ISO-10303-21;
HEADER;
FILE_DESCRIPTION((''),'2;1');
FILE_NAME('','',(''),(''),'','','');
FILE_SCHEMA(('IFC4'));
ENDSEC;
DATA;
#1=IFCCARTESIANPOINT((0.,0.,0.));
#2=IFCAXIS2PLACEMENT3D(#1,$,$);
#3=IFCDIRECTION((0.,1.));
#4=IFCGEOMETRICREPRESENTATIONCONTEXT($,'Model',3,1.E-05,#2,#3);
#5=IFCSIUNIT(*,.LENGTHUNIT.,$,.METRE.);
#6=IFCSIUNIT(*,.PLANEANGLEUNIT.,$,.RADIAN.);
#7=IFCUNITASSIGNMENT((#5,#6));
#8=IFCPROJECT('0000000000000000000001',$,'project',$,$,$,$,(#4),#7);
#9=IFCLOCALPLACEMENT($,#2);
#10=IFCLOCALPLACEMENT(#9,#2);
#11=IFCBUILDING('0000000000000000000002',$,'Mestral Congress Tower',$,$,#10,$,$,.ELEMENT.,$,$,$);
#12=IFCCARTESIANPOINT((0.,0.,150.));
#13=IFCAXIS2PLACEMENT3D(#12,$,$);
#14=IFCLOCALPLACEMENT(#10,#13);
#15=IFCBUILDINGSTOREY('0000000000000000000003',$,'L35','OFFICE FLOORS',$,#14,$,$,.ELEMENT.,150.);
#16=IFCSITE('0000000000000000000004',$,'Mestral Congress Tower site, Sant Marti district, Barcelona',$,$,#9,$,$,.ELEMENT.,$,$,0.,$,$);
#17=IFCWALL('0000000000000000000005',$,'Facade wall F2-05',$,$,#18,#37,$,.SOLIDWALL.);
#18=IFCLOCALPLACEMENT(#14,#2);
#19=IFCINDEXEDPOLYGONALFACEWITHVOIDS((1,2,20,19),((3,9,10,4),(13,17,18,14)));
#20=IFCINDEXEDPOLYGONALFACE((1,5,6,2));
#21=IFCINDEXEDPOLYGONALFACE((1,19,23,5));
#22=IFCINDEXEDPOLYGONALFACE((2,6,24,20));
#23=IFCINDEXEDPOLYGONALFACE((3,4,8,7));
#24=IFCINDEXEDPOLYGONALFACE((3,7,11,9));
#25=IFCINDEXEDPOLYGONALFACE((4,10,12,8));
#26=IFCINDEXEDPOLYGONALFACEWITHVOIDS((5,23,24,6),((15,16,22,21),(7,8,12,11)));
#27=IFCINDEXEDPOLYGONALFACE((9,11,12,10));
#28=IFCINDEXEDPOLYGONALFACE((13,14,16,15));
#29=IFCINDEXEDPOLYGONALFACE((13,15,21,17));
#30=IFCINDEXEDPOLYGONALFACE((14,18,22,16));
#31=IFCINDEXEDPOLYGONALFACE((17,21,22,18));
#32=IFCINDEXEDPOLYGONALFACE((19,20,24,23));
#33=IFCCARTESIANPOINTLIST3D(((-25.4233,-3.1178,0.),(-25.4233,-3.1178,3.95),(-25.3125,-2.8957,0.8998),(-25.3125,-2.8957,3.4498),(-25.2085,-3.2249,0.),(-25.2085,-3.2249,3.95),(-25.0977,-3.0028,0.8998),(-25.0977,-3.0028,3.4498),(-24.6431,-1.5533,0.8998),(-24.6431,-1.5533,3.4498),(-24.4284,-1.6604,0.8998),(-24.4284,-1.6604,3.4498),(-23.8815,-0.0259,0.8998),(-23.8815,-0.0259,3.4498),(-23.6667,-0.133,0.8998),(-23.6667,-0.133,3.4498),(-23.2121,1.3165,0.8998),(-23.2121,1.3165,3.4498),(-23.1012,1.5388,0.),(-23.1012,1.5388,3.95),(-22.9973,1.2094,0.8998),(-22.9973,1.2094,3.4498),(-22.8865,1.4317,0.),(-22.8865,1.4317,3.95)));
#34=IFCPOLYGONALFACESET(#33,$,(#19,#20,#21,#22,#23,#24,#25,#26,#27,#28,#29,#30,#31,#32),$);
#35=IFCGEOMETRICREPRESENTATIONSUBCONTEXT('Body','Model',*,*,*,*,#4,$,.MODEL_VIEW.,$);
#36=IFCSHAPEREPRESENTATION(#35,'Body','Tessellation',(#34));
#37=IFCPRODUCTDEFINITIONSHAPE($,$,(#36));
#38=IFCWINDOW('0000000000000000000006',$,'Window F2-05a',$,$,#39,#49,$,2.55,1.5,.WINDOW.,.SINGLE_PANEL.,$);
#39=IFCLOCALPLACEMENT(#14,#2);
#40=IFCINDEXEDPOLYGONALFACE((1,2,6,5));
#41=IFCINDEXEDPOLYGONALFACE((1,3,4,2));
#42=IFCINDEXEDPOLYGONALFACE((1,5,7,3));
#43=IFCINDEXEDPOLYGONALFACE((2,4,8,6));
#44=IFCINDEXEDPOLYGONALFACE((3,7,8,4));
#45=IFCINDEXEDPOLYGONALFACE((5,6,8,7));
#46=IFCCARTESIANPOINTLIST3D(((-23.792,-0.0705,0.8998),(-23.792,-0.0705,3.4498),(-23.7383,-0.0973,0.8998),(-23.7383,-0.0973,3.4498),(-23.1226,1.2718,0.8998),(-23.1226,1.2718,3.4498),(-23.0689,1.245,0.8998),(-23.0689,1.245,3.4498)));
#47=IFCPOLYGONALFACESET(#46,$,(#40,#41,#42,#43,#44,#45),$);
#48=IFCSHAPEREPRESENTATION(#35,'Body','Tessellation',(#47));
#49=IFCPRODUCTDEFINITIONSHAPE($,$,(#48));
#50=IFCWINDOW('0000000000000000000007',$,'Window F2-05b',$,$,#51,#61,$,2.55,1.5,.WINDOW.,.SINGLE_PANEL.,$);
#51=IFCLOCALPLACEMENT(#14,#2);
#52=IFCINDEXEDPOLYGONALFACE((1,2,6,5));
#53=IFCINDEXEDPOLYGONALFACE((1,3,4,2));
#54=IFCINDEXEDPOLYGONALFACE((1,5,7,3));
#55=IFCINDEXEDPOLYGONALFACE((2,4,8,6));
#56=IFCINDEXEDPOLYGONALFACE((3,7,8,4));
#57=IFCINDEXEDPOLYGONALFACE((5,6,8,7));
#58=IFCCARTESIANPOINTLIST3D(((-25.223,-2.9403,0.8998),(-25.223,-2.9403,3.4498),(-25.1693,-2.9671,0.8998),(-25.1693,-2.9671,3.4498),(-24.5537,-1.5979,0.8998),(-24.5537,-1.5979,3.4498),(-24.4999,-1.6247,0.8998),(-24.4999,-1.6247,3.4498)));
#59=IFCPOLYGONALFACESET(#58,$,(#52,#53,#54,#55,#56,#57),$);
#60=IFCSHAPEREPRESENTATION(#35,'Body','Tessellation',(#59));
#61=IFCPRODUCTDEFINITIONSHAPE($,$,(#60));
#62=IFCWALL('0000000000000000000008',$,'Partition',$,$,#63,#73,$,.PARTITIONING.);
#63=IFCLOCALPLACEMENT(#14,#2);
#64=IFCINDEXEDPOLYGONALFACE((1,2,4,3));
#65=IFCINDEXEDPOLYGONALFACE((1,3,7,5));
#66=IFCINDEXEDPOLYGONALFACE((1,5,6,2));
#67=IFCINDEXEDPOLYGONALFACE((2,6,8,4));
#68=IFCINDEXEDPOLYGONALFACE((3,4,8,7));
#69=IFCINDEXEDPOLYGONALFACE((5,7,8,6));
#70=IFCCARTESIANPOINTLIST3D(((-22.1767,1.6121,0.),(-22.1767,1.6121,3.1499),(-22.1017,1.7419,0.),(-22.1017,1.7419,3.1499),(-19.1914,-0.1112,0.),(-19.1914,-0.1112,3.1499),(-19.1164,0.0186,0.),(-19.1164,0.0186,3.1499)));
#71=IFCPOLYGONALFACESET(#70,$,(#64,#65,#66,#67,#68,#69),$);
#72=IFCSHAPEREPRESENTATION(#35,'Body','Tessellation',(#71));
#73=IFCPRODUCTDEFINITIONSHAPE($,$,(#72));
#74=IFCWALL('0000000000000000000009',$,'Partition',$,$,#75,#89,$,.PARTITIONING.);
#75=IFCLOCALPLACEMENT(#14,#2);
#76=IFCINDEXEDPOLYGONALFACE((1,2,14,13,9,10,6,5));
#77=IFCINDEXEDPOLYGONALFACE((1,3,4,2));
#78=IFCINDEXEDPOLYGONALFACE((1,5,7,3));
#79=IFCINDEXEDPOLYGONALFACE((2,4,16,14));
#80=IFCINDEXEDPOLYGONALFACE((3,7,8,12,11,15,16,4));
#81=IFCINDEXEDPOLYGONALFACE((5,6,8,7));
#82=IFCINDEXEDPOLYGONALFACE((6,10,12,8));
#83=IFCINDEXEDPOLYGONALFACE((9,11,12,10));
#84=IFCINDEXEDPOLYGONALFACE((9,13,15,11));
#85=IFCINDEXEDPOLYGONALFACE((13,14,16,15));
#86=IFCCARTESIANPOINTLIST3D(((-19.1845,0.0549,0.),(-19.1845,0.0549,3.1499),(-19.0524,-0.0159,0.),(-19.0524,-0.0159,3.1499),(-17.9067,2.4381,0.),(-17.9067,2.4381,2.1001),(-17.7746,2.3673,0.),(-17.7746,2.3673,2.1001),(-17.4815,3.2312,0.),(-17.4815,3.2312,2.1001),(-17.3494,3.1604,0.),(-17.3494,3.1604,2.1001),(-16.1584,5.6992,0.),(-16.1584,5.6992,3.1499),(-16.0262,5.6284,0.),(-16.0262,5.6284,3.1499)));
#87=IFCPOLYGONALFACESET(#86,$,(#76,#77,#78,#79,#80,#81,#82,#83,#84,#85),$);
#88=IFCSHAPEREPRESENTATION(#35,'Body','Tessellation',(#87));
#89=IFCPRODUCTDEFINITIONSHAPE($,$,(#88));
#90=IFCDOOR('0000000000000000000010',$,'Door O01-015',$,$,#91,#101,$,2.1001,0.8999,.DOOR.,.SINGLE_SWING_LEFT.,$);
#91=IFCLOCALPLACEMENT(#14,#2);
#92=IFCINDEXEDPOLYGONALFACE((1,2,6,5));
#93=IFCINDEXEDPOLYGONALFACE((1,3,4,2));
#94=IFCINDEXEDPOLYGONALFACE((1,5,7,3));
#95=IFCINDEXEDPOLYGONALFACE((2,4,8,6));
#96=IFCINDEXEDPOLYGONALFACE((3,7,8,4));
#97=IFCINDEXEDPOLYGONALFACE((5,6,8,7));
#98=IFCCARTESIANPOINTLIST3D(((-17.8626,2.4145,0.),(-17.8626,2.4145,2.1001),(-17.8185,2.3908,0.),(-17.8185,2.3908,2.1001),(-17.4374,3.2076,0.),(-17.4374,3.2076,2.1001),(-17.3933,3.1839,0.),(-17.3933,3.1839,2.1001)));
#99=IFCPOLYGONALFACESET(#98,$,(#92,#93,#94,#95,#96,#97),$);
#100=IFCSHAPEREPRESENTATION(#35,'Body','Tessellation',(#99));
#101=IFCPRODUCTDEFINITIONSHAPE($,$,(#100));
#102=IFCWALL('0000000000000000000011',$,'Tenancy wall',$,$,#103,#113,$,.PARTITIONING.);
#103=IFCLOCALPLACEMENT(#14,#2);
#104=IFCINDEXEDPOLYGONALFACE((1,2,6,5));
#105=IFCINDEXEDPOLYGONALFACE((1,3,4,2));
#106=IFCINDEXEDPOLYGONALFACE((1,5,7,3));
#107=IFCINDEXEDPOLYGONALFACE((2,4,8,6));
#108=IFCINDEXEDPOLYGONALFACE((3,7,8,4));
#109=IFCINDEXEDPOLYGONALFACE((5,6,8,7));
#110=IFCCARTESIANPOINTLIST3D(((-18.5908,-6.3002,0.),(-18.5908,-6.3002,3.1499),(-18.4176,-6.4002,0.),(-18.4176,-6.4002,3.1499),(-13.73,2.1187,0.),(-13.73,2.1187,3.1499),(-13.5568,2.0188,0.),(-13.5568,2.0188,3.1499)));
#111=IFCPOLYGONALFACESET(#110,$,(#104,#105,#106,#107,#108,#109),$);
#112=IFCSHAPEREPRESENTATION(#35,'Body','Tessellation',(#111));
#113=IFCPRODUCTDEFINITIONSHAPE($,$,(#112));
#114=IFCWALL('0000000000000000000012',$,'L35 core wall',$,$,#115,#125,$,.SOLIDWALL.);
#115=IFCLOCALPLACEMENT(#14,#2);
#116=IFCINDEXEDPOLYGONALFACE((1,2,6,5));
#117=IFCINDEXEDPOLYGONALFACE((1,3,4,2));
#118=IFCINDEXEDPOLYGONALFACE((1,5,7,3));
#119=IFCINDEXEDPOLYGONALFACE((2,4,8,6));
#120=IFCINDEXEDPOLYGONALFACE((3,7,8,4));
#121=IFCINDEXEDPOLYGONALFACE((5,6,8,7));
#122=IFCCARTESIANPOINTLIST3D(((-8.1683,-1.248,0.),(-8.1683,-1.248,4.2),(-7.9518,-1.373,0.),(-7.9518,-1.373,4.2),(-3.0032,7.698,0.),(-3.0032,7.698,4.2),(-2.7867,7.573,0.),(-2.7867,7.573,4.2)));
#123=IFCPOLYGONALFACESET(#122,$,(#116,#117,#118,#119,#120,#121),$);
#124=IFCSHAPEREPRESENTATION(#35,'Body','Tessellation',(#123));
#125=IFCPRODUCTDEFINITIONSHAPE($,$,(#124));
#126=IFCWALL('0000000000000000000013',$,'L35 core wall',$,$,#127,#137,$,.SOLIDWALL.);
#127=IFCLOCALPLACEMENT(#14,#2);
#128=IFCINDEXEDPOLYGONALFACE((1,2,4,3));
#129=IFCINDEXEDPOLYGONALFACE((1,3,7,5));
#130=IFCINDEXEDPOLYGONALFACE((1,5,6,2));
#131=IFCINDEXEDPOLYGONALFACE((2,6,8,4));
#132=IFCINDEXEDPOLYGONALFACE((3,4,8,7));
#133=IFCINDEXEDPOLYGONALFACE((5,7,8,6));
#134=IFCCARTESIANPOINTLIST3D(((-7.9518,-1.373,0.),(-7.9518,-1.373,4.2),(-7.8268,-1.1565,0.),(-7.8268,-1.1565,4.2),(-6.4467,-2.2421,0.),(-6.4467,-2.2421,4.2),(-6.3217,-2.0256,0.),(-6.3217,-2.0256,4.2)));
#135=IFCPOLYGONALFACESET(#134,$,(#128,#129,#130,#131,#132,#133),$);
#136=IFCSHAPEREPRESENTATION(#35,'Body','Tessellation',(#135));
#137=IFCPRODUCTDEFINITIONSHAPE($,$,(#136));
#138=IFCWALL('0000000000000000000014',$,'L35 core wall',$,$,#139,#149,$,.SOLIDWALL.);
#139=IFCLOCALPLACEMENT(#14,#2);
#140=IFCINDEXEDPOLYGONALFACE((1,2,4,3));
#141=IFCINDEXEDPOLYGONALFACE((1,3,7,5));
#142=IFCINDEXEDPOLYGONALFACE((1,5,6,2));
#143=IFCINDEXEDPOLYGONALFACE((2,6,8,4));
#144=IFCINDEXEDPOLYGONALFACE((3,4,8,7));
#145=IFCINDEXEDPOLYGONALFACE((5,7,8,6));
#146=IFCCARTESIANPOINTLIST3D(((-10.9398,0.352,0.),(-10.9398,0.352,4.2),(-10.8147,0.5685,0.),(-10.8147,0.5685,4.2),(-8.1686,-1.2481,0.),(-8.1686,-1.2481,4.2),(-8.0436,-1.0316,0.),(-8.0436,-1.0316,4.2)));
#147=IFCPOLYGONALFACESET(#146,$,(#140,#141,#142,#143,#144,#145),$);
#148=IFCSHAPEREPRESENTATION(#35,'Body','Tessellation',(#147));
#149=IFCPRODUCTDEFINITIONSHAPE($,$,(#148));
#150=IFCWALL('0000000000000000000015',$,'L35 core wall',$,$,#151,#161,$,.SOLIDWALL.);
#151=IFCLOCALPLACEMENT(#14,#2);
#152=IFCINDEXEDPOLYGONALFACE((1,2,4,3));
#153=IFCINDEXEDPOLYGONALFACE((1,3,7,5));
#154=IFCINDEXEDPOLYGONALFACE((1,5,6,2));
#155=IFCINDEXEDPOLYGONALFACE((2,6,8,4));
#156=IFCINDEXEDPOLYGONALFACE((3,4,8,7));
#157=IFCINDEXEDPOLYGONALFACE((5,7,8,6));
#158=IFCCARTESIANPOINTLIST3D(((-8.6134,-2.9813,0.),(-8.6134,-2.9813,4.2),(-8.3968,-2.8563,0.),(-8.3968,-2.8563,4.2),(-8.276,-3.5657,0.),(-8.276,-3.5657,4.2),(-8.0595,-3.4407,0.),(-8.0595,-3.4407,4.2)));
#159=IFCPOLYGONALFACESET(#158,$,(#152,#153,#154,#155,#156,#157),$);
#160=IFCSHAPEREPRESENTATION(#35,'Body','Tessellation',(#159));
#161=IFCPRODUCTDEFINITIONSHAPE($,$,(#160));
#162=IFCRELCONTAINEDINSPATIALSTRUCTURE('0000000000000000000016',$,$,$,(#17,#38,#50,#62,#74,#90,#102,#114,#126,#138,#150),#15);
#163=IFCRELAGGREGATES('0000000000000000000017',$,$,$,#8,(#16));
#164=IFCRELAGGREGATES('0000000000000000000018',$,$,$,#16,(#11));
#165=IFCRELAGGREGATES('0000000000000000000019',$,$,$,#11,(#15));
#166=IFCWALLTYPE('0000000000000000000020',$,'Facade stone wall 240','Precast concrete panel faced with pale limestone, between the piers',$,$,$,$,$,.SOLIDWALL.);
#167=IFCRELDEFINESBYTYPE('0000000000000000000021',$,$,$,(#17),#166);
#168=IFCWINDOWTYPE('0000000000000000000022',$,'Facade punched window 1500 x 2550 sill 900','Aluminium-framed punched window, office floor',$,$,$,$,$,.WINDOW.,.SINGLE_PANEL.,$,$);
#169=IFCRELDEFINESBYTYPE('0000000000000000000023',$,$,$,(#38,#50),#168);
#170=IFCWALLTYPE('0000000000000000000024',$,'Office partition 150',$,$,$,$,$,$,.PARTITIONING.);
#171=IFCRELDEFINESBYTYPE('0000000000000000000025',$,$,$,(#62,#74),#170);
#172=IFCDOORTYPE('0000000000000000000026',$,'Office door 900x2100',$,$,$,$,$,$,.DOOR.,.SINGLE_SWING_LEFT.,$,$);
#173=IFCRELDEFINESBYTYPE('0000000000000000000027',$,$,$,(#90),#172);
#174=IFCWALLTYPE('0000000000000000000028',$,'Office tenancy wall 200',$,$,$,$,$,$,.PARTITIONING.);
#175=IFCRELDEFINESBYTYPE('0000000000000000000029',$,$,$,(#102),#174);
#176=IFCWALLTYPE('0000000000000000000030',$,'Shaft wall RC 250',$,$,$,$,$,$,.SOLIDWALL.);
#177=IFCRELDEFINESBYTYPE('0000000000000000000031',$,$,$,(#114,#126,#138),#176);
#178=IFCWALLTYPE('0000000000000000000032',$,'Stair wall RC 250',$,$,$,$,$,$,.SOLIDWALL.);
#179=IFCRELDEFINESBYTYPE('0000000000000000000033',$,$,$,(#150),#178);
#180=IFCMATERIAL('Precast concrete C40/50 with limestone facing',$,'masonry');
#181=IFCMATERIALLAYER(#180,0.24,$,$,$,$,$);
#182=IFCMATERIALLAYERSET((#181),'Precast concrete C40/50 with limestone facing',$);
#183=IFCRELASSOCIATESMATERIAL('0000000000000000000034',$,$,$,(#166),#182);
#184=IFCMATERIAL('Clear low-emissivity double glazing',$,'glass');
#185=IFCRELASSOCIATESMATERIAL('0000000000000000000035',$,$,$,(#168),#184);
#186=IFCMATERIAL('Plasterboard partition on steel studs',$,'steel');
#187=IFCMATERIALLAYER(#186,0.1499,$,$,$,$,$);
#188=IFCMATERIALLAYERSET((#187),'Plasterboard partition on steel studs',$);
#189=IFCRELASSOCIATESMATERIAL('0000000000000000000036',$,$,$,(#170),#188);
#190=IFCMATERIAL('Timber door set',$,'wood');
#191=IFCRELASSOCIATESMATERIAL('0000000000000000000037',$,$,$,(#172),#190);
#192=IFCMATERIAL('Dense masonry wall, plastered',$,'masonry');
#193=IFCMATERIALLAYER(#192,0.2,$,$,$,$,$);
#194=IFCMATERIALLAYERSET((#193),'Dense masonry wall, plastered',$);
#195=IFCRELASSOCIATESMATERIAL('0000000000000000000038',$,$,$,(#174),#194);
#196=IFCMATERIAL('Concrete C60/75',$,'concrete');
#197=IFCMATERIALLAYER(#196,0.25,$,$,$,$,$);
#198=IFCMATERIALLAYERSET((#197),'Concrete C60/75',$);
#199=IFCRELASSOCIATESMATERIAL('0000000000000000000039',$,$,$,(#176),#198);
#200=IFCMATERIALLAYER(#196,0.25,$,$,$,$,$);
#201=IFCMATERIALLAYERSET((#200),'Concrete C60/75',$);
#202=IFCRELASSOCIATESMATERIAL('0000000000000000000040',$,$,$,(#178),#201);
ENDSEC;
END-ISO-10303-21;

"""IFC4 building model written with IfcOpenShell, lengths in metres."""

from ifc_helpers import new_model, si_unit, direction, frame, frame_2d, origin, place, context, subcontext, project, spatial, rectangle, extrude, material, layer, layer_set, type_object, element, fill, save


model = new_model("IFC4")

# Units and contexts
model_context = context("Model", 3, precision=1e-05, world=origin(), true_north=direction((0.0, 1.0)))
body_context = subcontext(model_context, "Body", "Model", "MODEL_VIEW")
ifc_project = project(units=[si_unit("LENGTHUNIT", "METRE"), si_unit("PLANEANGLEUNIT", "RADIAN")], contexts=[model_context])

# Site, building, storey
site_placement = place(None, origin())
site = spatial("IfcSite", under=ifc_project, at=site_placement, Name="Mestral Congress Tower site, Sant Marti district, Barcelona", CompositionType="ELEMENT", RefElevation=0.0)
building_placement = place(site_placement, origin())
building = spatial("IfcBuilding", under=site, at=building_placement, Name="Mestral Congress Tower", CompositionType="ELEMENT")
storey_placement = place(building_placement, frame((0.0, 0.0, 150.0)))
storey = spatial("IfcBuildingStorey", under=building, at=storey_placement, Name="L35", Description="OFFICE FLOORS", CompositionType="ELEMENT", Elevation=150.0)

# Shared definitions
ifc_material_1 = material(Name="Concrete C60/75", Category="concrete")

# Wall, openings, windows
ifc_material_2 = material(Name="Precast concrete C40/50 with limestone facing", Category="masonry")
ifc_layer_1 = layer(ifc_material_2, 0.24)
ifc_layer_set_1 = layer_set([ifc_layer_1], Name="Precast concrete C40/50 with limestone facing")
wall_type_1 = type_object("IfcWallType", Name="Facade stone wall 240", Description="Precast concrete panel faced with pale limestone, between the piers", PredefinedType="SOLIDWALL", material=ifc_layer_set_1)
ifc_material_3 = material(Name="Clear low-emissivity double glazing", Category="glass")
window_type = type_object("IfcWindowType", Name="Facade punched window 1500 x 2550 sill 900", Description="Aluminium-framed punched window, office floor", PartitioningType="SINGLE_PANEL", PredefinedType="WINDOW", material=ifc_material_3)
wall_1_placement = place(storey_placement, frame((-22.9939, 1.4851, 0.0), z_axis=(0.0, 0.0, 1.0), x_axis=(-0.446256, -0.894905, 0.0)))
wall_1 = element("IfcWall", 1, at=wall_1_placement, inside=storey, type_object=wall_type_1, Name="Facade wall F2-05", PredefinedType="SOLIDWALL", context=body_context, shape_type="SweptSolid", body=[
    extrude(rectangle(XDim=5.2034, YDim=0.24, at=frame_2d((2.6016, 0.0))), origin(), (0.0, 0.0, 1.0), 3.95),
])
opening_1_placement = place(wall_1_placement, frame((0.2483, 0.0, 0.8999)))
opening_1 = element("IfcOpeningElement", 2, at=opening_1_placement, cuts=wall_1, PredefinedType="OPENING", context=body_context, shape_type="SweptSolid", body=[
    extrude(rectangle(XDim=1.5, YDim=2.55, at=frame_2d((0.75, 1.2749))), frame((0.0, 0.1299, 0.0), z_axis=(0.0, -1.0, 0.0), x_axis=(1.0, 0.0, 0.0)), (0.0, 0.0, 1.0), 0.26),
])
opening_2_placement = place(wall_1_placement, frame((3.4551, 0.0, 0.8999)))
opening_2 = element("IfcOpeningElement", 3, at=opening_2_placement, cuts=wall_1, PredefinedType="OPENING", context=body_context, shape_type="SweptSolid", body=[
    extrude(rectangle(XDim=1.5, YDim=2.55, at=frame_2d((0.75, 1.2749))), frame((0.0, 0.1299, 0.0), z_axis=(0.0, -1.0, 0.0), x_axis=(1.0, 0.0, 0.0)), (0.0, 0.0, 1.0), 0.26),
])
window_1_placement = place(opening_1_placement, origin())
window_1 = element("IfcWindow", 4, at=window_1_placement, inside=storey, type_object=window_type, Name="Window F2-05a", OverallHeight=2.55, OverallWidth=1.5, PartitioningType="SINGLE_PANEL", PredefinedType="WINDOW", context=body_context, shape_type="SweptSolid", body=[
    extrude(rectangle(XDim=1.5, YDim=2.55, at=frame_2d((0.75, 1.2749))), frame((0.0, 0.04, 0.0), z_axis=(0.0, -1.0, 0.0), x_axis=(1.0, 0.0, 0.0)), (0.0, 0.0, 1.0), 0.0601),
])
fill(opening_1, window_1)
window_2_placement = place(opening_2_placement, origin())
window_2 = element("IfcWindow", 5, at=window_2_placement, inside=storey, type_object=window_type, Name="Window F2-05b", OverallHeight=2.55, OverallWidth=1.5, PartitioningType="SINGLE_PANEL", PredefinedType="WINDOW", context=body_context, shape_type="SweptSolid", body=[
    extrude(rectangle(XDim=1.5, YDim=2.55, at=frame_2d((0.75, 1.2749))), frame((0.0, 0.04, 0.0), z_axis=(0.0, -1.0, 0.0), x_axis=(1.0, 0.0, 0.0)), (0.0, 0.0, 1.0), 0.0601),
])
fill(opening_2, window_2)

# Wall
ifc_material_4 = material(Name="Plasterboard partition on steel studs", Category="steel")
ifc_layer_2 = layer(ifc_material_4, 0.1499)
ifc_layer_set_2 = layer_set([ifc_layer_2], Name="Plasterboard partition on steel studs")
wall_type_2 = type_object("IfcWallType", Name="Office partition 150", PredefinedType="PARTITIONING", material=ifc_layer_set_2)
wall_2_placement = place(storey_placement, frame((-19.1538, -0.0464, 0.0), z_axis=(0.0, 0.0, 1.0), x_axis=(-0.866051, 0.499955, 0.0)))
element("IfcWall", 6, at=wall_2_placement, inside=storey, type_object=wall_type_2, Name="Partition", PredefinedType="PARTITIONING", context=body_context, shape_type="SweptSolid", body=[
    extrude(rectangle(XDim=3.447, YDim=0.1499, at=frame_2d((1.7236, 0.0))), origin(), (0.0, 0.0, 1.0), 3.1499),
])

# Wall, opening, door
wall_3_placement = place(storey_placement, frame((-19.1184, 0.0195, 0.0), z_axis=(0.0, 0.0, 1.0), x_axis=(0.472512, 0.881324, 0.0)))
wall_3 = element("IfcWall", 7, at=wall_3_placement, inside=storey, type_object=wall_type_2, Name="Partition", PredefinedType="PARTITIONING", context=body_context, shape_type="SweptSolid", body=[
    extrude(rectangle(XDim=6.4043, YDim=0.1499, at=frame_2d((3.2021, 0.0))), origin(), (0.0, 0.0, 1.0), 3.1499),
])
opening_3_placement = place(wall_3_placement, frame((2.7041, 0.0, 0.0)))
opening_3 = element("IfcOpeningElement", 8, at=opening_3_placement, cuts=wall_3, PredefinedType="OPENING", context=body_context, shape_type="SweptSolid", body=[
    extrude(rectangle(XDim=0.8999, YDim=2.1001, at=frame_2d((0.45, 1.05))), frame((0.0, 0.085, 0.0), z_axis=(0.0, -1.0, 0.0), x_axis=(1.0, 0.0, 0.0)), (0.0, 0.0, 1.0), 0.1699),
])
ifc_material_5 = material(Name="Timber door set", Category="wood")
door_type_1 = type_object("IfcDoorType", Name="Office door 900x2100", OperationType="SINGLE_SWING_LEFT", PredefinedType="DOOR", material=ifc_material_5)
door_1_placement = place(opening_3_placement, origin())
door_1 = element("IfcDoor", 9, at=door_1_placement, inside=storey, type_object=door_type_1, Name="Door O01-015", OperationType="SINGLE_SWING_LEFT", OverallHeight=2.1001, OverallWidth=0.8999, PredefinedType="DOOR", context=body_context, shape_type="SweptSolid", body=[
    extrude(rectangle(XDim=0.8999, YDim=2.1001, at=frame_2d((0.45, 1.05))), frame((0.0, 0.0249, 0.0), z_axis=(0.0, -1.0, 0.0), x_axis=(1.0, 0.0, 0.0)), (0.0, 0.0, 1.0), 0.05),
])
fill(opening_3, door_1)

# Walls
ifc_material_6 = material(Name="Dense masonry wall, plastered", Category="masonry")
ifc_layer_3 = layer(ifc_material_6, 0.2)
ifc_layer_set_3 = layer_set([ifc_layer_3], Name="Dense masonry wall, plastered")
wall_type_3 = type_object("IfcWallType", Name="Office tenancy wall 200", PredefinedType="PARTITIONING", material=ifc_layer_set_3)
wall_4_placement = place(storey_placement, frame((-13.6433, 2.0688, 0.0), z_axis=(0.0, 0.0, 1.0), x_axis=(-0.500012, -0.866018, 0.0)))
element("IfcWall", 10, at=wall_4_placement, inside=storey, type_object=wall_type_3, Name="Tenancy wall", PredefinedType="PARTITIONING", context=body_context, shape_type="SweptSolid", body=[
    extrude(rectangle(XDim=9.7214, YDim=0.2, at=frame_2d((4.8608, 0.0))), origin(), (0.0, 0.0, 1.0), 3.1499),
])
ifc_layer_4 = layer(ifc_material_1, 0.25)
ifc_layer_set_4 = layer_set([ifc_layer_4], Name="Concrete C60/75")
wall_type_4 = type_object("IfcWallType", Name="Shaft wall RC 250", PredefinedType="SOLIDWALL", material=ifc_layer_set_4)
wall_5_placement = place(storey_placement, frame((-8.0601, -1.3105, 0.0), z_axis=(0.0, 0.0, 1.0), x_axis=(0.500003, 0.866024, 0.0)))
element("IfcWall", 11, at=wall_5_placement, inside=storey, type_object=wall_type_4, Name="L35 core wall", PredefinedType="SOLIDWALL", context=body_context, shape_type="SweptSolid", body=[
    extrude(rectangle(XDim=10.3301, YDim=0.25, at=frame_2d((5.165, 0.0))), origin(), (0.0, 0.0, 1.0), 4.2),
])
wall_6_placement = place(storey_placement, frame((-7.8894, -1.2646, 0.0), z_axis=(0.0, 0.0, 1.0), x_axis=(0.865987, -0.500067, 0.0)))
element("IfcWall", 12, at=wall_6_placement, inside=storey, type_object=wall_type_4, Name="L35 core wall", PredefinedType="SOLIDWALL", context=body_context, shape_type="SweptSolid", body=[
    extrude(rectangle(XDim=1.738, YDim=0.25, at=frame_2d((0.8691, 0.0))), origin(), (0.0, 0.0, 1.0), 4.2),
])
wall_7_placement = place(storey_placement, frame((-8.106, -1.1399, 0.0), z_axis=(0.0, 0.0, 1.0), x_axis=(-0.866009, 0.500028, 0.0)))
element("IfcWall", 13, at=wall_7_placement, inside=storey, type_object=wall_type_4, Name="L35 core wall", PredefinedType="SOLIDWALL", context=body_context, shape_type="SweptSolid", body=[
    extrude(rectangle(XDim=3.2, YDim=0.25, at=frame_2d((1.6001, 0.0))), origin(), (0.0, 0.0, 1.0), 4.2),
])
ifc_layer_5 = layer(ifc_material_1, 0.25)
ifc_layer_set_5 = layer_set([ifc_layer_5], Name="Concrete C60/75")
wall_type_5 = type_object("IfcWallType", Name="Stair wall RC 250", PredefinedType="SOLIDWALL", material=ifc_layer_set_5)
wall_8_placement = place(storey_placement, frame((-8.1677, -3.5032, 0.0), z_axis=(0.0, 0.0, 1.0), x_axis=(-0.499952, 0.866053, 0.0)))
element("IfcWall", 14, at=wall_8_placement, inside=storey, type_object=wall_type_5, Name="L35 core wall", PredefinedType="SOLIDWALL", context=body_context, shape_type="SweptSolid", body=[
    extrude(rectangle(XDim=0.6748, YDim=0.25, at=frame_2d((0.3374, 0.0))), origin(), (0.0, 0.0, 1.0), 4.2),
])

save(model, "model.ifc")
